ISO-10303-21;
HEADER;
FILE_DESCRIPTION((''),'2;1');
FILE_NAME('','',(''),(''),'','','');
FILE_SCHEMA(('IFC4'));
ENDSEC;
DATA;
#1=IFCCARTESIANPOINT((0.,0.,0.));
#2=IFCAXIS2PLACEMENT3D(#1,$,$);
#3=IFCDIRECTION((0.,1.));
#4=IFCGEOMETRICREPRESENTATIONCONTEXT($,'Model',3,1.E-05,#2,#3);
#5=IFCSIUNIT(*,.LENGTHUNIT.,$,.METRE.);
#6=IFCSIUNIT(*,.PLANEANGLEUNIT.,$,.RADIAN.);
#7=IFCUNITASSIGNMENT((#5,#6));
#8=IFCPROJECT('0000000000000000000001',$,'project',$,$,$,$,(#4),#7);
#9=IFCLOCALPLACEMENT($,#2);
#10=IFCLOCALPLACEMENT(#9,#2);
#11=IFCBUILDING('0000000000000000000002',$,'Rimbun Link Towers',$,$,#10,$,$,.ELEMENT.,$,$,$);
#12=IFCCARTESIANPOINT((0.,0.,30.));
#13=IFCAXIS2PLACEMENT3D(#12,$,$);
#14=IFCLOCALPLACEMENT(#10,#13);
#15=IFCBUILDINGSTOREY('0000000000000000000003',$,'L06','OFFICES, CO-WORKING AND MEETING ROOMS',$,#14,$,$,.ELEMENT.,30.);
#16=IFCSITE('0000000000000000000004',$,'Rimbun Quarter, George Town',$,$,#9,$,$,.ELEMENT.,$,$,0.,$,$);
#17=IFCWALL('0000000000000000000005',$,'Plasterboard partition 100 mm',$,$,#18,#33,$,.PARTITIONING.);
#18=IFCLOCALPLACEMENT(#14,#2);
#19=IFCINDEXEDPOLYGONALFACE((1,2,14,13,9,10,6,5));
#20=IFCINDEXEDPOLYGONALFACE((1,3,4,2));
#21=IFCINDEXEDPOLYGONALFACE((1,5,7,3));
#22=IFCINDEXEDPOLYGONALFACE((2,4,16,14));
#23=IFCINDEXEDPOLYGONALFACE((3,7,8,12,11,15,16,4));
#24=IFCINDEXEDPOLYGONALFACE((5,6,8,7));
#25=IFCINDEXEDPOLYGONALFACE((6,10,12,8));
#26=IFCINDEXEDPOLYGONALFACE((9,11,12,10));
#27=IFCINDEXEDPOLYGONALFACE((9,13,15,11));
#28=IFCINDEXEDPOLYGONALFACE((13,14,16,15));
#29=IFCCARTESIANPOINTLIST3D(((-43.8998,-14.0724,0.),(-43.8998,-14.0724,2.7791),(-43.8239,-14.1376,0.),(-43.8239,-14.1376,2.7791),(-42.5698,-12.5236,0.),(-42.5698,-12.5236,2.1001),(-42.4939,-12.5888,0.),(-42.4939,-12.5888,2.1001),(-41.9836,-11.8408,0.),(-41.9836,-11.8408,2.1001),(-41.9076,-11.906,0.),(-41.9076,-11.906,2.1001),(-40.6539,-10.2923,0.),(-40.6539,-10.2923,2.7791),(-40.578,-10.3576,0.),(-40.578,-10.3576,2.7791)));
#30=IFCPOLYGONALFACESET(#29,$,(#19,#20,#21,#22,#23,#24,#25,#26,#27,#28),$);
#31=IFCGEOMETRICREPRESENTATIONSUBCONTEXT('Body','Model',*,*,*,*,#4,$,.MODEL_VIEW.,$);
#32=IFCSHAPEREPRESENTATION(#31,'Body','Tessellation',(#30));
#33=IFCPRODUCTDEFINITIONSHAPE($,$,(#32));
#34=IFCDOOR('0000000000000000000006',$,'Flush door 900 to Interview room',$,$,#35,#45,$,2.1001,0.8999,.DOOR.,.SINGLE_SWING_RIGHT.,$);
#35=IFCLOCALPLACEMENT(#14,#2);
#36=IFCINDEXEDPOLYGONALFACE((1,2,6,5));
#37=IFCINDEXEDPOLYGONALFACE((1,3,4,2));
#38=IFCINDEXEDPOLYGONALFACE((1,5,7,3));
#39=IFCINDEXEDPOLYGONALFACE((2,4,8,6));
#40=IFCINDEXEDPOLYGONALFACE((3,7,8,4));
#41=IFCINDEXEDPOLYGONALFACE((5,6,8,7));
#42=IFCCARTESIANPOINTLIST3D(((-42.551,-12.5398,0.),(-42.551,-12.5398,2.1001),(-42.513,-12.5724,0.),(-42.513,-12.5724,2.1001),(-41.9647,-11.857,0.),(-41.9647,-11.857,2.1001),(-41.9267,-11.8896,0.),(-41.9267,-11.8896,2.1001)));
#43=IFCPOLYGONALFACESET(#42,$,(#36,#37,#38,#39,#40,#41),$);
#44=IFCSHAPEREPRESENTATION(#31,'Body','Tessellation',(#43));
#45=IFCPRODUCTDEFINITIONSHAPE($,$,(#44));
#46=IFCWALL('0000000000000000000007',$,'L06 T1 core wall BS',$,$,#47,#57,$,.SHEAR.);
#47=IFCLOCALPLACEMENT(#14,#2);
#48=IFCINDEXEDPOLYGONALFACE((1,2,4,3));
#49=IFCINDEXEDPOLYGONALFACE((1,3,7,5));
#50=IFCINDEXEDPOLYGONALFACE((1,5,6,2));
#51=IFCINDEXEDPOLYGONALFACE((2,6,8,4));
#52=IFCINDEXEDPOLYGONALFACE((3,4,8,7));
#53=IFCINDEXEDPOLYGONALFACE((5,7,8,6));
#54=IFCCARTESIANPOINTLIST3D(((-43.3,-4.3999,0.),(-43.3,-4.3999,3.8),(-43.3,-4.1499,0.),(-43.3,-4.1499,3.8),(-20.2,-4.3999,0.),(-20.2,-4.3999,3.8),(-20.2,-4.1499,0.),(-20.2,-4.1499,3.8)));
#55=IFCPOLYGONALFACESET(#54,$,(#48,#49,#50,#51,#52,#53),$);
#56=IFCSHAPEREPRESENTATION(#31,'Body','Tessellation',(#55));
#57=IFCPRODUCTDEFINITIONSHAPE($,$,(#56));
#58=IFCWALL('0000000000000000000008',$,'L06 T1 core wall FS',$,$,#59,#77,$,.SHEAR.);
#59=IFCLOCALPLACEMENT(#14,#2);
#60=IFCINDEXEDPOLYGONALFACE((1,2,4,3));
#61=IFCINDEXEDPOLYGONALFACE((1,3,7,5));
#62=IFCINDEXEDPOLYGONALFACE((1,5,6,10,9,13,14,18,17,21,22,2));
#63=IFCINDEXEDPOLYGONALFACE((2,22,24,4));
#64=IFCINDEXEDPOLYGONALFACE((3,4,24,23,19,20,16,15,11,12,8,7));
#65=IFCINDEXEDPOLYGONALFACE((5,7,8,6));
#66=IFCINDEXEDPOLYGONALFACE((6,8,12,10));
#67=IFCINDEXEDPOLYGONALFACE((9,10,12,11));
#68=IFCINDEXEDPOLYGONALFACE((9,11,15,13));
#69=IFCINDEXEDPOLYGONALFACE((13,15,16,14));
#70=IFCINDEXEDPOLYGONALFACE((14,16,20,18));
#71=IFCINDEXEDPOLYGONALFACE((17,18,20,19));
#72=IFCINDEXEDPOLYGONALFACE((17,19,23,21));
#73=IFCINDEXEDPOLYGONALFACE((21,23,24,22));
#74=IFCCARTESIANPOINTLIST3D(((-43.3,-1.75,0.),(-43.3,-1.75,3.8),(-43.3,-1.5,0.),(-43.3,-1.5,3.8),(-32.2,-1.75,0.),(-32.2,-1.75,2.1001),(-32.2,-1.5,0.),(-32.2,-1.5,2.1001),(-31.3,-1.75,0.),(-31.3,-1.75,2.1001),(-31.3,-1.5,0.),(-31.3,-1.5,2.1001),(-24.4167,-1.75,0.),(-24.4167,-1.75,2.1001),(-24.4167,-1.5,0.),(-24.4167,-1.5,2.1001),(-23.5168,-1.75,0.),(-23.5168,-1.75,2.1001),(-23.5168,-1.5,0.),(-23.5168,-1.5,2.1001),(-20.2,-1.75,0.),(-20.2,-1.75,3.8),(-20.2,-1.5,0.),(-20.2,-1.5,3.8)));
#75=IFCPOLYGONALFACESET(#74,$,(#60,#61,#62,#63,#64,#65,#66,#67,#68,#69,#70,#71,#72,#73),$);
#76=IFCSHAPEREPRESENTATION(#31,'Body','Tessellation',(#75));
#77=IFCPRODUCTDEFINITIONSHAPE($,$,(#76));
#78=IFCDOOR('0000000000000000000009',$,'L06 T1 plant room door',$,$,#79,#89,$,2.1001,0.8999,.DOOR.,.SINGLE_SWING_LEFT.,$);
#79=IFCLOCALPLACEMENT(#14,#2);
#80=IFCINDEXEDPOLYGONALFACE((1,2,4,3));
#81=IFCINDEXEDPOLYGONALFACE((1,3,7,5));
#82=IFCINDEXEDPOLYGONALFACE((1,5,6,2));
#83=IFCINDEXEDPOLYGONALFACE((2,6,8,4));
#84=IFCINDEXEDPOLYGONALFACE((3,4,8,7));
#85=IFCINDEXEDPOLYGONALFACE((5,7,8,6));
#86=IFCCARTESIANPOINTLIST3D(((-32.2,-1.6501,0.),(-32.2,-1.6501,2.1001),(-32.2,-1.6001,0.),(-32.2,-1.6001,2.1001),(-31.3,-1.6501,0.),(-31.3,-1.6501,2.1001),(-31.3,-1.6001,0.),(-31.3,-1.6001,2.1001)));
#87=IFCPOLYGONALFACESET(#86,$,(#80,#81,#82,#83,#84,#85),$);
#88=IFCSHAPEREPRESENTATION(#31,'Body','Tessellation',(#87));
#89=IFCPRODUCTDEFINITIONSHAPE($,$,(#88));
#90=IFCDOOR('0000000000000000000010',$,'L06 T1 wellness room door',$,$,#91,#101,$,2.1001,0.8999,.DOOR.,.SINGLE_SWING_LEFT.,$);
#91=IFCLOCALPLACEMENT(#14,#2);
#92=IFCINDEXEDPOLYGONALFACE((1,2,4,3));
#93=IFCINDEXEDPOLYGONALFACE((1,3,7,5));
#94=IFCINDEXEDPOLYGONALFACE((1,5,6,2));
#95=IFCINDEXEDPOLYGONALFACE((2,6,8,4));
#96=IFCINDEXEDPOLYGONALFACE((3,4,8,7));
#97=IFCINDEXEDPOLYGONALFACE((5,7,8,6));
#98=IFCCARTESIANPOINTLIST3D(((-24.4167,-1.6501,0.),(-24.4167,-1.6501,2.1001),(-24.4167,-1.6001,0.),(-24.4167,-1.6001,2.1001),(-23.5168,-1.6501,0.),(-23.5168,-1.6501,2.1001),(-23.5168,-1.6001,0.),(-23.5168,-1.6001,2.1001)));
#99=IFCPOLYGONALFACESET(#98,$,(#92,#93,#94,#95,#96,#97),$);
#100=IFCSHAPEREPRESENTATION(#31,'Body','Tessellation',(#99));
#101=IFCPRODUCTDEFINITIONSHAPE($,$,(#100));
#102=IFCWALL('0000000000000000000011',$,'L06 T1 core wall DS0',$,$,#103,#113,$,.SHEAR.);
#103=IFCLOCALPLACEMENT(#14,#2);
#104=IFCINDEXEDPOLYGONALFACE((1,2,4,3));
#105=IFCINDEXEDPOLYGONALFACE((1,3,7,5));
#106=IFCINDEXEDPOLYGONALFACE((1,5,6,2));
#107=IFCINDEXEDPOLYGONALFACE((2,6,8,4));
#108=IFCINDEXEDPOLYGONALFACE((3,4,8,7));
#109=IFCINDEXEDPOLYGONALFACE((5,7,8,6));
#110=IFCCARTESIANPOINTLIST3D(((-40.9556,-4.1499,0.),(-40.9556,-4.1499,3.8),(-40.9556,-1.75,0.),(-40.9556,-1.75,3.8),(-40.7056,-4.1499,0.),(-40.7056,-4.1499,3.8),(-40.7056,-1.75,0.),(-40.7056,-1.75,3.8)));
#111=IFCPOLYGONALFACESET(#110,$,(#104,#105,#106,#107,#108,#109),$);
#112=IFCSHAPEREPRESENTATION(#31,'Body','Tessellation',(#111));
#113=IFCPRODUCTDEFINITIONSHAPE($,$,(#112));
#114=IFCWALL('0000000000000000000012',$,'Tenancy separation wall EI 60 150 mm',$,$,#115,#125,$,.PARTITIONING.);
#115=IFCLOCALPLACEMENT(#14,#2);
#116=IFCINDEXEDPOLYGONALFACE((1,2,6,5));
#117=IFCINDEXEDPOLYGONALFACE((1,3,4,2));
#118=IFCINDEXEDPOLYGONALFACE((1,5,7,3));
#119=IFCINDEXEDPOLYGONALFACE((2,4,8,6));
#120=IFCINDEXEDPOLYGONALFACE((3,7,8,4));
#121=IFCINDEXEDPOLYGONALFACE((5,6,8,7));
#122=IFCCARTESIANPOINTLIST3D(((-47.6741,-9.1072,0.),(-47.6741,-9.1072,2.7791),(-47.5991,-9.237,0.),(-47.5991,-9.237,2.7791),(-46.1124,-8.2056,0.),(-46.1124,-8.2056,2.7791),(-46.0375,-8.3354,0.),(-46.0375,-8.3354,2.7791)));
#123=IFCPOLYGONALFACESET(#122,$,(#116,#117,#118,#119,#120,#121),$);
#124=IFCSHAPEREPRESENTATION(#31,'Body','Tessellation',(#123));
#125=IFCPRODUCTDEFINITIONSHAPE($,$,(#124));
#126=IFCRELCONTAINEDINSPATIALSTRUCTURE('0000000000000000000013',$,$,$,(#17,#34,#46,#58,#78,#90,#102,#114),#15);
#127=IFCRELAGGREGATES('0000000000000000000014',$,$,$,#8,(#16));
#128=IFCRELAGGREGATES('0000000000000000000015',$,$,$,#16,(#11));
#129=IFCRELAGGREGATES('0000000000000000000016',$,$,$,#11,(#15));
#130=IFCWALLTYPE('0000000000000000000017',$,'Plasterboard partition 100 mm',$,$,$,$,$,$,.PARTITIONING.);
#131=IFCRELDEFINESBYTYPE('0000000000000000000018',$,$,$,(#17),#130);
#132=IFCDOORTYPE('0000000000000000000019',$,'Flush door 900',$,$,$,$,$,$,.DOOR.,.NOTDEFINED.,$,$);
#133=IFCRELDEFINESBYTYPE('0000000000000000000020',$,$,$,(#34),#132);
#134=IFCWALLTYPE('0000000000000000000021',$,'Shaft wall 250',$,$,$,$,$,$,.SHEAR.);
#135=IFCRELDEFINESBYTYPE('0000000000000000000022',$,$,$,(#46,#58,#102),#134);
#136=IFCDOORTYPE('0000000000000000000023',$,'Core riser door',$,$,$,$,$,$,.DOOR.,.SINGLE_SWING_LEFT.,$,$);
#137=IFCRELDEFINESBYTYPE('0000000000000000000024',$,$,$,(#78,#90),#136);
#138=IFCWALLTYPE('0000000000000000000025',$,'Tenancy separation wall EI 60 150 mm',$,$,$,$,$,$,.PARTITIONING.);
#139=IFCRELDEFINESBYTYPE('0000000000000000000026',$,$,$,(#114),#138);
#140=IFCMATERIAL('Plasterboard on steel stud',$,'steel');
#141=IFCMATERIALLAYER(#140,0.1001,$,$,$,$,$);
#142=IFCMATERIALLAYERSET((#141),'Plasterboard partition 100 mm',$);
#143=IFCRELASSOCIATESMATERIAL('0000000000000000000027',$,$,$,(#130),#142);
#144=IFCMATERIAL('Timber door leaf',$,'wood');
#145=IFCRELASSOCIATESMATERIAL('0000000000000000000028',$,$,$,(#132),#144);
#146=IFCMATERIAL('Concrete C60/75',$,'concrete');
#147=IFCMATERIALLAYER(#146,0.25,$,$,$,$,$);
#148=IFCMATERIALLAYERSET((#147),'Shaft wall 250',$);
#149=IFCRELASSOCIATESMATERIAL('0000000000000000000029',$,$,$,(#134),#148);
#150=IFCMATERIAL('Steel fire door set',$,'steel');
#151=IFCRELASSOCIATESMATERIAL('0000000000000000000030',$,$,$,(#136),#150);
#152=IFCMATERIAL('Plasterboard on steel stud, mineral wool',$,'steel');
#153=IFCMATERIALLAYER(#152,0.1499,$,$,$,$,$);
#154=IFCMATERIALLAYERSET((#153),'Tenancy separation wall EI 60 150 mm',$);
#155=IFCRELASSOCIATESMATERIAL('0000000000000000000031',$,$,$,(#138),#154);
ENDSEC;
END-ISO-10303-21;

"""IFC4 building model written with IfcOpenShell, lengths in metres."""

from ifc_helpers import new_model, si_unit, direction, frame, frame_2d, origin, place, context, subcontext, project, spatial, rectangle, extrude, material, layer, layer_set, type_object, element, fill, save


model = new_model("IFC4")

# Units and contexts
model_context = context("Model", 3, precision=1e-05, world=origin(), true_north=direction((0.0, 1.0)))
body_context = subcontext(model_context, "Body", "Model", "MODEL_VIEW")
ifc_project = project(units=[si_unit("LENGTHUNIT", "METRE"), si_unit("PLANEANGLEUNIT", "RADIAN")], contexts=[model_context])

# Site, building, storey
site_placement = place(None, origin())
site = spatial("IfcSite", under=ifc_project, at=site_placement, Name="Rimbun Quarter, George Town", CompositionType="ELEMENT", RefElevation=0.0)
building_placement = place(site_placement, origin())
building = spatial("IfcBuilding", under=site, at=building_placement, Name="Rimbun Link Towers", CompositionType="ELEMENT")
storey_placement = place(building_placement, frame((0.0, 0.0, 30.0)))
storey = spatial("IfcBuildingStorey", under=building, at=storey_placement, Name="L06", Description="OFFICES, CO-WORKING AND MEETING ROOMS", CompositionType="ELEMENT", Elevation=30.0)

# Wall, opening, door
ifc_material_1 = material(Name="Plasterboard on steel stud", Category="steel")
ifc_layer_1 = layer(ifc_material_1, 0.1001)
ifc_layer_set_1 = layer_set([ifc_layer_1], Name="Plasterboard partition 100 mm")
wall_type_1 = type_object("IfcWallType", Name="Plasterboard partition 100 mm", PredefinedType="PARTITIONING", material=ifc_layer_set_1)
wall_1_placement = place(storey_placement, frame((-40.616, -10.325, 0.0), z_axis=(0.0, 0.0, 1.0), x_axis=(-0.651465, -0.758679, 0.0)))
wall_1 = element("IfcWall", 1, at=wall_1_placement, inside=storey, type_object=wall_type_1, Name="Plasterboard partition 100 mm", PredefinedType="PARTITIONING", context=body_context, shape_type="SweptSolid", body=[
    extrude(rectangle(XDim=4.9824, YDim=0.1001, at=frame_2d((2.4912, 0.0))), origin(), (0.0, 0.0, 1.0), 2.7791),
])
opening_1_placement = place(wall_1_placement, frame((2.041, 0.0, 0.0)))
opening_1 = element("IfcOpeningElement", 2, at=opening_1_placement, cuts=wall_1, PredefinedType="OPENING", context=body_context, shape_type="SweptSolid", body=[
    extrude(rectangle(XDim=0.8999, YDim=2.1001, at=frame_2d((0.45, 1.05))), frame((0.0, 0.0601, 0.0), z_axis=(0.0, -1.0, 0.0), x_axis=(1.0, 0.0, 0.0)), (0.0, 0.0, 1.0), 0.1201),
])
ifc_material_2 = material(Name="Timber door leaf", Category="wood")
door_type_1 = type_object("IfcDoorType", Name="Flush door 900", OperationType="NOTDEFINED", PredefinedType="DOOR", material=ifc_material_2)
door_1_placement = place(opening_1_placement, origin())
door_1 = element("IfcDoor", 3, at=door_1_placement, inside=storey, type_object=door_type_1, Name="Flush door 900 to Interview room", OperationType="SINGLE_SWING_RIGHT", OverallHeight=2.1001, OverallWidth=0.8999, PredefinedType="DOOR", context=body_context, shape_type="SweptSolid", body=[
    extrude(rectangle(XDim=0.8999, YDim=2.1001, at=frame_2d((0.45, 1.05))), frame((0.0, 0.0249, 0.0), z_axis=(0.0, -1.0, 0.0), x_axis=(1.0, 0.0, 0.0)), (0.0, 0.0, 1.0), 0.05),
])
fill(opening_1, door_1)

# Wall
ifc_material_3 = material(Name="Concrete C60/75", Category="concrete")
ifc_layer_2 = layer(ifc_material_3, 0.25)
ifc_layer_set_2 = layer_set([ifc_layer_2], Name="Shaft wall 250")
wall_type_2 = type_object("IfcWallType", Name="Shaft wall 250", PredefinedType="SHEAR", material=ifc_layer_set_2)
wall_2_placement = place(storey_placement, frame((-43.3, -4.2749, 0.0), z_axis=(0.0, 0.0, 1.0), x_axis=(1.0, 0.0, 0.0)))
element("IfcWall", 4, at=wall_2_placement, inside=storey, type_object=wall_type_2, Name="L06 T1 core wall BS", PredefinedType="SHEAR", context=body_context, shape_type="SweptSolid", body=[
    extrude(rectangle(XDim=23.1001, YDim=0.25, at=frame_2d((11.55, 0.0))), origin(), (0.0, 0.0, 1.0), 3.8),
])

# Wall, openings, doors
wall_3_placement = place(storey_placement, frame((-43.3, -1.625, 0.0), z_axis=(0.0, 0.0, 1.0), x_axis=(1.0, 0.0, 0.0)))
wall_3 = element("IfcWall", 5, at=wall_3_placement, inside=storey, type_object=wall_type_2, Name="L06 T1 core wall FS", PredefinedType="SHEAR", context=body_context, shape_type="SweptSolid", body=[
    extrude(rectangle(XDim=23.1001, YDim=0.25, at=frame_2d((11.55, 0.0))), origin(), (0.0, 0.0, 1.0), 3.8),
])
opening_2_placement = place(wall_3_placement, frame((11.1001, 0.0, 0.0)))
opening_2 = element("IfcOpeningElement", 6, at=opening_2_placement, cuts=wall_3, PredefinedType="OPENING", context=body_context, shape_type="SweptSolid", body=[
    extrude(rectangle(XDim=0.8999, YDim=2.1001, at=frame_2d((0.45, 1.05))), frame((0.0, 0.135, 0.0), z_axis=(0.0, -1.0, 0.0), x_axis=(1.0, 0.0, 0.0)), (0.0, 0.0, 1.0), 0.27),
])
opening_3_placement = place(wall_3_placement, frame((18.8833, 0.0, 0.0)))
opening_3 = element("IfcOpeningElement", 7, at=opening_3_placement, cuts=wall_3, PredefinedType="OPENING", context=body_context, shape_type="SweptSolid", body=[
    extrude(rectangle(XDim=0.8999, YDim=2.1001, at=frame_2d((0.45, 1.05))), frame((0.0, 0.135, 0.0), z_axis=(0.0, -1.0, 0.0), x_axis=(1.0, 0.0, 0.0)), (0.0, 0.0, 1.0), 0.27),
])
ifc_material_4 = material(Name="Steel fire door set", Category="steel")
door_type_2 = type_object("IfcDoorType", Name="Core riser door", OperationType="SINGLE_SWING_LEFT", PredefinedType="DOOR", material=ifc_material_4)
door_2_placement = place(opening_2_placement, origin())
door_2 = element("IfcDoor", 8, at=door_2_placement, inside=storey, type_object=door_type_2, Name="L06 T1 plant room door", OperationType="SINGLE_SWING_LEFT", OverallHeight=2.1001, OverallWidth=0.8999, PredefinedType="DOOR", context=body_context, shape_type="SweptSolid", body=[
    extrude(rectangle(XDim=0.8999, YDim=2.1001, at=frame_2d((0.45, 1.05))), frame((0.0, 0.0249, 0.0), z_axis=(0.0, -1.0, 0.0), x_axis=(1.0, 0.0, 0.0)), (0.0, 0.0, 1.0), 0.05),
])
fill(opening_2, door_2)
door_3_placement = place(opening_3_placement, origin())
door_3 = element("IfcDoor", 9, at=door_3_placement, inside=storey, type_object=door_type_2, Name="L06 T1 wellness room door", OperationType="SINGLE_SWING_LEFT", OverallHeight=2.1001, OverallWidth=0.8999, PredefinedType="DOOR", context=body_context, shape_type="SweptSolid", body=[
    extrude(rectangle(XDim=0.8999, YDim=2.1001, at=frame_2d((0.45, 1.05))), frame((0.0, 0.0249, 0.0), z_axis=(0.0, -1.0, 0.0), x_axis=(1.0, 0.0, 0.0)), (0.0, 0.0, 1.0), 0.05),
])
fill(opening_3, door_3)

# Walls
wall_4_placement = place(storey_placement, frame((-40.8306, -4.1499, 0.0), z_axis=(0.0, 0.0, 1.0), x_axis=(0.0, 1.0, 0.0)))
element("IfcWall", 10, at=wall_4_placement, inside=storey, type_object=wall_type_2, Name="L06 T1 core wall DS0", PredefinedType="SHEAR", context=body_context, shape_type="SweptSolid", body=[
    extrude(rectangle(XDim=2.3999, YDim=0.25, at=frame_2d((1.2, 0.0))), origin(), (0.0, 0.0, 1.0), 3.8),
])
ifc_material_5 = material(Name="Plasterboard on steel stud, mineral wool", Category="steel")
ifc_layer_3 = layer(ifc_material_5, 0.1499)
ifc_layer_set_3 = layer_set([ifc_layer_3], Name="Tenancy separation wall EI 60 150 mm")
wall_type_3 = type_object("IfcWallType", Name="Tenancy separation wall EI 60 150 mm", PredefinedType="PARTITIONING", material=ifc_layer_set_3)
wall_5_placement = place(storey_placement, frame((-46.075, -8.2705, 0.0), z_axis=(0.0, 0.0, 1.0), x_axis=(-0.866044, -0.499969, 0.0)))
element("IfcWall", 11, at=wall_5_placement, inside=storey, type_object=wall_type_3, Name="Tenancy separation wall EI 60 150 mm", PredefinedType="PARTITIONING", context=body_context, shape_type="SweptSolid", body=[
    extrude(rectangle(XDim=1.8032, YDim=0.1499, at=frame_2d((0.9016, 0.0))), origin(), (0.0, 0.0, 1.0), 2.7791),
])

save(model, "model.ifc")
